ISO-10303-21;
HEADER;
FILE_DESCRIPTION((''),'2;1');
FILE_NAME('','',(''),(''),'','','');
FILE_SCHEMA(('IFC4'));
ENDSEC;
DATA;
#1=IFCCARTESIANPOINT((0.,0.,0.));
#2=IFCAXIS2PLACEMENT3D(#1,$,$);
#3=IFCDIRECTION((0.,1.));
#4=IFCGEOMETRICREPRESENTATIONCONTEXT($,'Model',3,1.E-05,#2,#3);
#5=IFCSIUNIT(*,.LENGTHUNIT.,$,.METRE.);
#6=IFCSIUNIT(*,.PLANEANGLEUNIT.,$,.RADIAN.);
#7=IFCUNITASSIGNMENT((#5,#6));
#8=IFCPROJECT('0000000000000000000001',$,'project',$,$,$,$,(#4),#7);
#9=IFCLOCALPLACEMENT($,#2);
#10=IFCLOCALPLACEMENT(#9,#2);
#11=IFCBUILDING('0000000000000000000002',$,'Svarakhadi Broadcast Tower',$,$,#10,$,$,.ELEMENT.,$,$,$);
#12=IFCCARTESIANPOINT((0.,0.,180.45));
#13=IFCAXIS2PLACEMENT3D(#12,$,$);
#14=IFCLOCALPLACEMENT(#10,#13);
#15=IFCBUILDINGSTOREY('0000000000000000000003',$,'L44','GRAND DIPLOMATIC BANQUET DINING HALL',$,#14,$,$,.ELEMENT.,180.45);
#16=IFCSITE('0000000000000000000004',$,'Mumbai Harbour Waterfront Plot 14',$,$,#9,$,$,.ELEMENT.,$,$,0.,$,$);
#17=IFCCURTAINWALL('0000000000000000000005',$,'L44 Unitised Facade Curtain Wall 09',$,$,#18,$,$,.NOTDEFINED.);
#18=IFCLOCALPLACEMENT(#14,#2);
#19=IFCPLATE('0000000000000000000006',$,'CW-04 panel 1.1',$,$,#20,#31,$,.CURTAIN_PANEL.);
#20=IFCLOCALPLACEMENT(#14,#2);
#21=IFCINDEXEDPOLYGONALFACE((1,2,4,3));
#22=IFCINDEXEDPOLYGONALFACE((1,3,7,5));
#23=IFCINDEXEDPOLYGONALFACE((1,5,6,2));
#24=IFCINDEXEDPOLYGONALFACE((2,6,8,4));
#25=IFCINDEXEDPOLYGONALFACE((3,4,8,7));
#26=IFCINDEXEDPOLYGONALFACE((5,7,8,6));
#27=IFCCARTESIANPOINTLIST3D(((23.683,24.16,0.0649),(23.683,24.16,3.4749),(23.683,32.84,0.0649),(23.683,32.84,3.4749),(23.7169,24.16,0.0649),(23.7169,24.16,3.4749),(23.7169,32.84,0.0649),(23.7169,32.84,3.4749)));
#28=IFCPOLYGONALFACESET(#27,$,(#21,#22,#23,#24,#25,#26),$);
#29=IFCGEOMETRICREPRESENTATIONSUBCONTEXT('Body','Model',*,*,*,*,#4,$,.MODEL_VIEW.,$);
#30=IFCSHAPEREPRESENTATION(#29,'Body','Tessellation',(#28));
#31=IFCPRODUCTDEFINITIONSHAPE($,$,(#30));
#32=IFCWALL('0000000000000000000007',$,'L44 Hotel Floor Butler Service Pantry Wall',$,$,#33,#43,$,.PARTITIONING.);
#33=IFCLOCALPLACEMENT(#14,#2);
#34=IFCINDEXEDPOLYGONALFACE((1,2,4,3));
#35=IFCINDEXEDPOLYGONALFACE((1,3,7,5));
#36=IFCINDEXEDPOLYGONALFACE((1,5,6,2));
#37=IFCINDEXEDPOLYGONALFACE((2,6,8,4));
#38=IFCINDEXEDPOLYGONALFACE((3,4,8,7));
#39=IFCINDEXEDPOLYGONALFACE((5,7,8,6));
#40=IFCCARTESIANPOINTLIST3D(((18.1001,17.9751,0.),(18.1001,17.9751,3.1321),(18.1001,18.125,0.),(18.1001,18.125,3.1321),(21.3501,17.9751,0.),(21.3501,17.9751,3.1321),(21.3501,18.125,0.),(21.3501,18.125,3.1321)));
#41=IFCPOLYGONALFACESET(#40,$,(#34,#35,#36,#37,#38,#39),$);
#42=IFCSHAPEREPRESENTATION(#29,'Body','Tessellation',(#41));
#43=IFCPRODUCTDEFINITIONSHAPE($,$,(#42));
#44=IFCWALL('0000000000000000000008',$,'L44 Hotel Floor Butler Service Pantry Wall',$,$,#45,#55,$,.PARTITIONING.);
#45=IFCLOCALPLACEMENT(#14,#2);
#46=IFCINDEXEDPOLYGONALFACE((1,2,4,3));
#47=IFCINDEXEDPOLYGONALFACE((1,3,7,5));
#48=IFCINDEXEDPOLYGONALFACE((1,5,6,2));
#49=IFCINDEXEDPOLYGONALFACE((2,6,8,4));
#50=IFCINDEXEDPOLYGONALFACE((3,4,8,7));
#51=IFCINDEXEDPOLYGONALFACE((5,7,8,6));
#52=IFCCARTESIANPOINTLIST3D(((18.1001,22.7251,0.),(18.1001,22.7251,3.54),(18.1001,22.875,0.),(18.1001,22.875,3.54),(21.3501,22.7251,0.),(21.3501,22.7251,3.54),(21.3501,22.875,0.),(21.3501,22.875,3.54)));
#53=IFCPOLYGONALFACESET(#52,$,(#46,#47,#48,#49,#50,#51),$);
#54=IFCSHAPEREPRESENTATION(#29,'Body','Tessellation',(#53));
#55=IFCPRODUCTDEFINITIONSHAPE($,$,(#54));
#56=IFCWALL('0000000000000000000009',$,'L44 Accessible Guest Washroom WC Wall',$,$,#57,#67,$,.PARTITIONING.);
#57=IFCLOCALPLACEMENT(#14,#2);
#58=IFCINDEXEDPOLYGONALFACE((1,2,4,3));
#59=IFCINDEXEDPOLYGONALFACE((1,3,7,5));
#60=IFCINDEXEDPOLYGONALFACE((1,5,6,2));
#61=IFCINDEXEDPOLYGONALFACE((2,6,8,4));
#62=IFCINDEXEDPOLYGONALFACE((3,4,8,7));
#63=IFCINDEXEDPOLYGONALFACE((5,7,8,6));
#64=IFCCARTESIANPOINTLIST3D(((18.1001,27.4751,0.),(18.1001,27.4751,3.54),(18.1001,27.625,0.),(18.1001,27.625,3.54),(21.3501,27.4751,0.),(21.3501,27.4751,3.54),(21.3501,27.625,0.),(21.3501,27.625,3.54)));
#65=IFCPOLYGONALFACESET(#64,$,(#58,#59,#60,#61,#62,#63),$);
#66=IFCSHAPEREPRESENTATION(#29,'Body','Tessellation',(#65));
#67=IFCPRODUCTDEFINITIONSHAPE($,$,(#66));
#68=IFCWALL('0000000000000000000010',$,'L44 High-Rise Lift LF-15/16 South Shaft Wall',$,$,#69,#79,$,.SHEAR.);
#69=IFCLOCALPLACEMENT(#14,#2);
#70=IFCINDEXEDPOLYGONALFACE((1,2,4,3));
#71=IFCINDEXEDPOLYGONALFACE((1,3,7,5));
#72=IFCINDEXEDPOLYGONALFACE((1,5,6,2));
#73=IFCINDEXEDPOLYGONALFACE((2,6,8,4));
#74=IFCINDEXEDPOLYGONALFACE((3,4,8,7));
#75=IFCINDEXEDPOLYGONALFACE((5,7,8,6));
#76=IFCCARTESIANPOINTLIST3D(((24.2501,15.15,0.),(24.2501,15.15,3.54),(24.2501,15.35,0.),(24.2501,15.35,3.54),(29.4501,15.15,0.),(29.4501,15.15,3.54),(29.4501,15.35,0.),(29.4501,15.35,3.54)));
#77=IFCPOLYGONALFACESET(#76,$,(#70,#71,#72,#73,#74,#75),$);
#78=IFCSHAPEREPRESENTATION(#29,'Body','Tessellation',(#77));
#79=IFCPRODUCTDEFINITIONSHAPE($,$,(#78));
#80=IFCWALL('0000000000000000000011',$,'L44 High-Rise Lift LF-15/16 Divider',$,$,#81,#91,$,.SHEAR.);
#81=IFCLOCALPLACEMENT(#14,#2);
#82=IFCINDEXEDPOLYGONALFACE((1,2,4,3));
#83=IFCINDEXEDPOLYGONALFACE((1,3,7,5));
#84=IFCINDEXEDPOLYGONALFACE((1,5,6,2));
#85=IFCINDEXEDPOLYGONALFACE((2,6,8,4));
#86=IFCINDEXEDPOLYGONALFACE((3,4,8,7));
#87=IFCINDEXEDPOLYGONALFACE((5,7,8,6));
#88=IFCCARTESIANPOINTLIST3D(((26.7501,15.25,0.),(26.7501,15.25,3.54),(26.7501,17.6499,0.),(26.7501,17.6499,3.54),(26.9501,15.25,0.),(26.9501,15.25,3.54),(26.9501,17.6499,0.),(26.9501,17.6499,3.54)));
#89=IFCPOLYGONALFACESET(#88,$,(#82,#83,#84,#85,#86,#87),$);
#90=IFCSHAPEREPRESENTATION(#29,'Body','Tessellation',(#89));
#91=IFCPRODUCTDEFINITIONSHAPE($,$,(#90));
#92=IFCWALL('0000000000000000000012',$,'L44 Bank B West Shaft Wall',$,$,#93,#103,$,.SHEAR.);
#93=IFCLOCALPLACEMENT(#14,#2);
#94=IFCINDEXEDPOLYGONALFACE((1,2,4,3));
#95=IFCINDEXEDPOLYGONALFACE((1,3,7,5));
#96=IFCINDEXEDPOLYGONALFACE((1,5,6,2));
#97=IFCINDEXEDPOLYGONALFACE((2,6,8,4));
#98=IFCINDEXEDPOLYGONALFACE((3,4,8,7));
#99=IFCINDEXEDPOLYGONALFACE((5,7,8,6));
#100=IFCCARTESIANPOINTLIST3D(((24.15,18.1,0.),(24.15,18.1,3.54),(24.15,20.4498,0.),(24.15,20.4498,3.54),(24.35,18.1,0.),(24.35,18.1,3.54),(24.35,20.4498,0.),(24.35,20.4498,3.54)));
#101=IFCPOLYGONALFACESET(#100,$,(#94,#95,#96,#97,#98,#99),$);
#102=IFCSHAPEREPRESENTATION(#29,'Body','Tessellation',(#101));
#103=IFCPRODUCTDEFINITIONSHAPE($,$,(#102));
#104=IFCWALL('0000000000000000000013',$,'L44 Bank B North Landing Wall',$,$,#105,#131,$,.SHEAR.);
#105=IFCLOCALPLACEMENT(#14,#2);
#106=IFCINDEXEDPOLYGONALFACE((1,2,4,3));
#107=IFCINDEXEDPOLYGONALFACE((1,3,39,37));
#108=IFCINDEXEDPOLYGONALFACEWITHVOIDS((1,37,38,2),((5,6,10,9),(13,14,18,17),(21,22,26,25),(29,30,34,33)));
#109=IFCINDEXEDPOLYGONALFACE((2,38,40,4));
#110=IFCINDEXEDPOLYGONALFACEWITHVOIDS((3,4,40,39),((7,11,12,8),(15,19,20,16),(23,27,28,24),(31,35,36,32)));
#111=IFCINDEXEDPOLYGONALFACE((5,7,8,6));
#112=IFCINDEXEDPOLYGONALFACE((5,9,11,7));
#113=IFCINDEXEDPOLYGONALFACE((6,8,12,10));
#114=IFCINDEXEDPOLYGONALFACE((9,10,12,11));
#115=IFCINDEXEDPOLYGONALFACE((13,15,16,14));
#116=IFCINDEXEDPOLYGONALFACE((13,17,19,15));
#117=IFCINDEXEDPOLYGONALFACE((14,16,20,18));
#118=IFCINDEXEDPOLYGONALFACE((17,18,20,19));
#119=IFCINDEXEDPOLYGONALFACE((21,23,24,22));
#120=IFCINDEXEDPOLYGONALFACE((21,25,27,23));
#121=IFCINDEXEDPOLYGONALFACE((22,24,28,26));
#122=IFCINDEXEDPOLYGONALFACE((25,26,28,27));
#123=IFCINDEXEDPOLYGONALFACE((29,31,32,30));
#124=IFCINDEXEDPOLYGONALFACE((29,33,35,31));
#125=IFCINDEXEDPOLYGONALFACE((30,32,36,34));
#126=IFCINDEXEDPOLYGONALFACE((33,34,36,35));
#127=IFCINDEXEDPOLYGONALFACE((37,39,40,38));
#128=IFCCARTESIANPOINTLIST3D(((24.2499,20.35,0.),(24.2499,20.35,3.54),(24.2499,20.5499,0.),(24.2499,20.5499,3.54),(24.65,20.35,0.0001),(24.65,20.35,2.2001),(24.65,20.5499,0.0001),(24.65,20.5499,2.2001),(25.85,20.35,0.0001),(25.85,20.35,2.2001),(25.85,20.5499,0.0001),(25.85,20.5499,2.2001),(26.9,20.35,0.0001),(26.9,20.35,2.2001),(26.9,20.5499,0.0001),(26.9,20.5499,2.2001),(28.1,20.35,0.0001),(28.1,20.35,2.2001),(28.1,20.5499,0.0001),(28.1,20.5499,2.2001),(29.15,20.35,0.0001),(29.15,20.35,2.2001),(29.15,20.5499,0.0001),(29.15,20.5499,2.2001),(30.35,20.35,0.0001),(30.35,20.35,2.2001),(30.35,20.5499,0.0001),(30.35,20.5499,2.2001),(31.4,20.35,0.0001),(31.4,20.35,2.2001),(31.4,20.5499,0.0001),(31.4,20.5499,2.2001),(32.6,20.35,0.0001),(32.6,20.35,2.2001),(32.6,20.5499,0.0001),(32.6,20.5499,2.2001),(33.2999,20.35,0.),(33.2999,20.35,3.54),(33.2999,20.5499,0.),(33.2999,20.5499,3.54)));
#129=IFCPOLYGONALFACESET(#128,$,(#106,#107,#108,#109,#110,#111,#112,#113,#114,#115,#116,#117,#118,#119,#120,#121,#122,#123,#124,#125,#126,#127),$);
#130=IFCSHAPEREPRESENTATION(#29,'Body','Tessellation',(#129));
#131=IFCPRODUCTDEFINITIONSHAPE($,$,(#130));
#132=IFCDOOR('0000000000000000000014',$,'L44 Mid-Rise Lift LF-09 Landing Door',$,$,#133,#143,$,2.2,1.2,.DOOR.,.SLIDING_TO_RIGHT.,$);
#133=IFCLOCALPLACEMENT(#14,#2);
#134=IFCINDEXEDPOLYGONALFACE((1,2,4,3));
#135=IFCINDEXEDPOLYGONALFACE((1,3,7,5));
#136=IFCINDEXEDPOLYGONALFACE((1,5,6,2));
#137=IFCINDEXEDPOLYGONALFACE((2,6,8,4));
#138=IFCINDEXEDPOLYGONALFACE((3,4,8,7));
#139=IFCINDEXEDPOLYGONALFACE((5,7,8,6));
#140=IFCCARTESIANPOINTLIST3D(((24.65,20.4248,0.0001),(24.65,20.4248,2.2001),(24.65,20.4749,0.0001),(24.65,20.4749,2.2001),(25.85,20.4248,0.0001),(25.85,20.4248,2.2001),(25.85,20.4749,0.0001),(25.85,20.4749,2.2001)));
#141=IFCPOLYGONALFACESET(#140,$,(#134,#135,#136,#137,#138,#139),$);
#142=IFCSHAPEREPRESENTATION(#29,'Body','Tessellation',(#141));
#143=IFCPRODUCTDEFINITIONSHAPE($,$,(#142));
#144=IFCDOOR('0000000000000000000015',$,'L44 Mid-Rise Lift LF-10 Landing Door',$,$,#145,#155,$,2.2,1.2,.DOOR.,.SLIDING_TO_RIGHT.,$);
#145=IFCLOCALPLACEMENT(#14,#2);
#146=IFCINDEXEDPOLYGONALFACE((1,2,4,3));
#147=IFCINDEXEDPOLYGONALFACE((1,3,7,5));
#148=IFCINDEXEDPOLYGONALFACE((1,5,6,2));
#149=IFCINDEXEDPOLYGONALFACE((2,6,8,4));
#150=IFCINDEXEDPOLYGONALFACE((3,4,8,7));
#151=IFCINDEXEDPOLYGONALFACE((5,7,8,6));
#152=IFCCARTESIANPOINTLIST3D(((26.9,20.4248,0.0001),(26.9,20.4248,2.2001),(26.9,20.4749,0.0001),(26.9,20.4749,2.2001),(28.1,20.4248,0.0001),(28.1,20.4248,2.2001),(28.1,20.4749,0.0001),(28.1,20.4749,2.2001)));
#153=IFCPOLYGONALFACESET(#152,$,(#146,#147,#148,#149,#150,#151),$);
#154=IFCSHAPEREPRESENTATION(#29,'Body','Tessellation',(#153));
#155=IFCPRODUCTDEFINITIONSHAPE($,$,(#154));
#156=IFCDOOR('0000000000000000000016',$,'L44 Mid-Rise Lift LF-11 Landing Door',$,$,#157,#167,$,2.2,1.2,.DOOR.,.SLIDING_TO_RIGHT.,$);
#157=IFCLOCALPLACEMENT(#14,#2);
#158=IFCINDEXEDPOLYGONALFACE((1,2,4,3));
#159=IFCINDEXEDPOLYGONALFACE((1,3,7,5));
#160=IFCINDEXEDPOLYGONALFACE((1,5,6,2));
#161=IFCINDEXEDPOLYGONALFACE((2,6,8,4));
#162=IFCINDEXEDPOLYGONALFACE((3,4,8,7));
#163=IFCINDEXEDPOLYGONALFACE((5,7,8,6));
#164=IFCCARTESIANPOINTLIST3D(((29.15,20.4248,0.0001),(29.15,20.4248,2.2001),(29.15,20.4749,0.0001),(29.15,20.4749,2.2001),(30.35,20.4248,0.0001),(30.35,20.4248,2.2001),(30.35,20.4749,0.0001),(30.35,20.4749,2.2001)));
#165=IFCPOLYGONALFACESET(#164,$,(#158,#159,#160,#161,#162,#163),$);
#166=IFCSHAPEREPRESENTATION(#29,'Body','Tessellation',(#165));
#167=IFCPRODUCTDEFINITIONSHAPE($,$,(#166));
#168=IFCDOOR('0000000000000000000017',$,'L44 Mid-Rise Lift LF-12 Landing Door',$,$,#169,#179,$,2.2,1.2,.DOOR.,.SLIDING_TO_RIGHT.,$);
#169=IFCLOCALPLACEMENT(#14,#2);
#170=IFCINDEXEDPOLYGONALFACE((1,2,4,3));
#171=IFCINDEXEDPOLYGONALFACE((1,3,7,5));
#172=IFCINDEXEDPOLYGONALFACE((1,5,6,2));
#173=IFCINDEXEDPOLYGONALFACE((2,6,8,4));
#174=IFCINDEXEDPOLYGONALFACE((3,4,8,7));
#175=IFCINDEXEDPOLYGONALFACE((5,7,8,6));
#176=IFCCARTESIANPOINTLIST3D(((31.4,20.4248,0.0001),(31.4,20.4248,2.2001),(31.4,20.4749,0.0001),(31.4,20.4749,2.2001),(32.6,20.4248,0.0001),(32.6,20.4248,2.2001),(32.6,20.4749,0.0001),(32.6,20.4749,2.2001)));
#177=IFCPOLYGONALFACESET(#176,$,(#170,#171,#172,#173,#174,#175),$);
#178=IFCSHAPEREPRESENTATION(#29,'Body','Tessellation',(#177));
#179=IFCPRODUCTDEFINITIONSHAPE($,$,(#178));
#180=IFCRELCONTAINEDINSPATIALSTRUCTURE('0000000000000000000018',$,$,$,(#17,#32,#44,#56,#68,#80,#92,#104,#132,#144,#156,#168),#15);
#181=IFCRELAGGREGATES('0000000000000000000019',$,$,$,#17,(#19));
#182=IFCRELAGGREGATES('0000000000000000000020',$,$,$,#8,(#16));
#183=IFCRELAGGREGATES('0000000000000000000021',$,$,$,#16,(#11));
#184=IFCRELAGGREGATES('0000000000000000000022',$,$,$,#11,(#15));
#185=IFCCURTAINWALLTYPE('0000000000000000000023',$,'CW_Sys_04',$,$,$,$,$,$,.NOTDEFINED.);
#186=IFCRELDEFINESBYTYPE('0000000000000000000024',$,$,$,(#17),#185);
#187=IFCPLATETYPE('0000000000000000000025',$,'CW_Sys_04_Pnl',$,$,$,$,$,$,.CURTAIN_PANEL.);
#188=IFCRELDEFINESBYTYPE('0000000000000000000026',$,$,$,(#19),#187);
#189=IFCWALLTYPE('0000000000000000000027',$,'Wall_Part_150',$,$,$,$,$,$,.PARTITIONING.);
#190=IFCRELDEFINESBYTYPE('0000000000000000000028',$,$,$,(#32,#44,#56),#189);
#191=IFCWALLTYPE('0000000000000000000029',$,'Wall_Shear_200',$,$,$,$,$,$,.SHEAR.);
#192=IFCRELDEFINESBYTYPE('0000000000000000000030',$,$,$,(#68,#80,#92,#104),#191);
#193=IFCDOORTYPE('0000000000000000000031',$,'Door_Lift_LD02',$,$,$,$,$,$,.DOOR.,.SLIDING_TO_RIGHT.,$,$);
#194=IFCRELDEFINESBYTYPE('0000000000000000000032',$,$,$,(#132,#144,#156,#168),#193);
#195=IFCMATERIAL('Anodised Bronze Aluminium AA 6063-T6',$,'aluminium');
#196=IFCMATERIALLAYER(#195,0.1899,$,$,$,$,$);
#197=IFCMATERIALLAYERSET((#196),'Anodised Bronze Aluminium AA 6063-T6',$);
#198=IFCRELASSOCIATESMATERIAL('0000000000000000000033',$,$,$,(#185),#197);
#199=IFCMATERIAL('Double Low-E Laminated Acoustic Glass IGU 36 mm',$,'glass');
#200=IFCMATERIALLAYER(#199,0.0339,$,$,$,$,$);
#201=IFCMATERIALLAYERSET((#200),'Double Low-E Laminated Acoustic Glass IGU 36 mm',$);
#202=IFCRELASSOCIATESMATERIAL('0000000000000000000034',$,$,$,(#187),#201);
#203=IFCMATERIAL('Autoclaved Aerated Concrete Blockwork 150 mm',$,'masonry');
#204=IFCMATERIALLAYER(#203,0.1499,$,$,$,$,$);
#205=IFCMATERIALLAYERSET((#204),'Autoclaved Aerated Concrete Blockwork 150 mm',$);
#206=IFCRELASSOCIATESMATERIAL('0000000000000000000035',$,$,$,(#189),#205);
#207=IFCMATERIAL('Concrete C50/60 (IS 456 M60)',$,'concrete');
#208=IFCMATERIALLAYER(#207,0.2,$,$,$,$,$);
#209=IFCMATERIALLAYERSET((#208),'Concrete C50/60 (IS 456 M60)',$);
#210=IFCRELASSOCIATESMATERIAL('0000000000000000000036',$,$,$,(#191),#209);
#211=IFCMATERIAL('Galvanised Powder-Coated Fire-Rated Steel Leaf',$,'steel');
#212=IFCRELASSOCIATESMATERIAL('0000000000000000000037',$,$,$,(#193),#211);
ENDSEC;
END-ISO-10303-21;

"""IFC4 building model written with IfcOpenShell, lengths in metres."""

from ifc_helpers import new_model, si_unit, direction, frame, frame_2d, origin, origin_2d, place, context, subcontext, project, spatial, rectangle, extrude, material, layer, layer_set, type_object, element, fill, aggregate, save


model = new_model("IFC4")

# Units and contexts
model_context = context("Model", 3, precision=1e-05, world=origin(), true_north=direction((0.0, 1.0)))
body_context = subcontext(model_context, "Body", "Model", "MODEL_VIEW")
ifc_project = project(units=[si_unit("LENGTHUNIT", "METRE"), si_unit("PLANEANGLEUNIT", "RADIAN")], contexts=[model_context])

# Site, building, storey
site_placement = place(None, origin())
site = spatial("IfcSite", under=ifc_project, at=site_placement, Name="Mumbai Harbour Waterfront Plot 14", CompositionType="ELEMENT", RefElevation=0.0)
building_placement = place(site_placement, origin())
building = spatial("IfcBuilding", under=site, at=building_placement, Name="Svarakhadi Broadcast Tower", CompositionType="ELEMENT")
storey_placement = place(building_placement, frame((0.0, 0.0, 180.45)))
storey = spatial("IfcBuildingStorey", under=building, at=storey_placement, Name="L44", Description="GRAND DIPLOMATIC BANQUET DINING HALL", CompositionType="ELEMENT", Elevation=180.45)

# Shared definitions
ifc_material_1 = material(Name="Concrete C50/60 (IS 456 M60)", Category="concrete")

# Curtain wall
ifc_material_2 = material(Name="Anodised Bronze Aluminium AA 6063-T6", Category="aluminium")
ifc_layer_1 = layer(ifc_material_2, 0.1899)
ifc_layer_set_1 = layer_set([ifc_layer_1], Name="Anodised Bronze Aluminium AA 6063-T6")
curtain_wall_type = type_object("IfcCurtainWallType", Name="CW_Sys_04", PredefinedType="NOTDEFINED", material=ifc_layer_set_1)
curtain_wall_1_placement = place(storey_placement, origin())
curtain_wall_1 = element("IfcCurtainWall", 1, at=curtain_wall_1_placement, inside=storey, type_object=curtain_wall_type, Name="L44 Unitised Facade Curtain Wall 09", PredefinedType="NOTDEFINED")

# Plate
ifc_material_3 = material(Name="Double Low-E Laminated Acoustic Glass IGU 36 mm", Category="glass")
ifc_layer_2 = layer(ifc_material_3, 0.0339)
ifc_layer_set_2 = layer_set([ifc_layer_2], Name="Double Low-E Laminated Acoustic Glass IGU 36 mm")
plate_type = type_object("IfcPlateType", Name="CW_Sys_04_Pnl", PredefinedType="CURTAIN_PANEL", material=ifc_layer_set_2)
plate_placement = place(storey_placement, frame((23.7, 28.5, 0.0649), z_axis=(0.0, 0.0, 1.0), x_axis=(0.0, -1.0, 0.0)))
plate = element("IfcPlate", 2, at=plate_placement, type_object=plate_type, Name="CW-04 panel 1.1", PredefinedType="CURTAIN_PANEL", context=body_context, shape_type="SweptSolid", body=[
    extrude(rectangle(XDim=8.6799, YDim=0.0339, at=origin_2d()), origin(), (0.0, 0.0, 1.0), 3.4099),
])
aggregate(curtain_wall_1, [plate])

# Walls
ifc_material_4 = material(Name="Autoclaved Aerated Concrete Blockwork 150 mm", Category="masonry")
ifc_layer_3 = layer(ifc_material_4, 0.1499)
ifc_layer_set_3 = layer_set([ifc_layer_3], Name="Autoclaved Aerated Concrete Blockwork 150 mm")
wall_type_1 = type_object("IfcWallType", Name="Wall_Part_150", PredefinedType="PARTITIONING", material=ifc_layer_set_3)
wall_1_placement = place(storey_placement, frame((18.1001, 18.05, 0.0), z_axis=(0.0, 0.0, 1.0), x_axis=(1.0, 0.0, 0.0)))
element("IfcWall", 3, at=wall_1_placement, inside=storey, type_object=wall_type_1, Name="L44 Hotel Floor Butler Service Pantry Wall", PredefinedType="PARTITIONING", context=body_context, shape_type="SweptSolid", body=[
    extrude(rectangle(XDim=3.25, YDim=0.1499, at=frame_2d((1.625, 0.0))), origin(), (0.0, 0.0, 1.0), 3.1321),
])
for number, where, z_axis, x_axis, name in (
    (4, (18.1001, 22.8, 0.0), (0.0, 0.0, 1.0), (1.0, 0.0, 0.0), "L44 Hotel Floor Butler Service Pantry Wall"),
    (5, (18.1001, 27.55, 0.0), (0.0, 0.0, 1.0), (1.0, 0.0, 0.0), "L44 Accessible Guest Washroom WC Wall"),
):
    element("IfcWall", number, at=place(storey_placement, frame(where, z_axis=z_axis, x_axis=x_axis)), inside=storey, type_object=wall_type_1, Name=name, PredefinedType="PARTITIONING", context=body_context, shape_type="SweptSolid", body=[
        extrude(rectangle(XDim=3.25, YDim=0.1499, at=frame_2d((1.625, 0.0))), origin(), (0.0, 0.0, 1.0), 3.54),
    ])

# Shared definitions
ifc_layer_4 = layer(ifc_material_1, 0.2)
ifc_layer_set_4 = layer_set([ifc_layer_4], Name="Concrete C50/60 (IS 456 M60)")
wall_type_2 = type_object("IfcWallType", Name="Wall_Shear_200", PredefinedType="SHEAR", material=ifc_layer_set_4)
ifc_material_5 = material(Name="Galvanised Powder-Coated Fire-Rated Steel Leaf", Category="steel")

# Walls
wall_2_placement = place(storey_placement, frame((24.25, 15.25, 0.0), z_axis=(0.0, 0.0, 1.0), x_axis=(1.0, 0.0, 0.0)))
element("IfcWall", 6, at=wall_2_placement, inside=storey, type_object=wall_type_2, Name="L44 High-Rise Lift LF-15/16 South Shaft Wall", PredefinedType="SHEAR", context=body_context, shape_type="SweptSolid", body=[
    extrude(rectangle(XDim=5.2, YDim=0.2, at=frame_2d((2.6001, 0.0))), origin(), (0.0, 0.0, 1.0), 3.54),
])
wall_3_placement = place(storey_placement, frame((26.8501, 15.25, 0.0), z_axis=(0.0, 0.0, 1.0), x_axis=(0.0, 1.0, 0.0)))
element("IfcWall", 7, at=wall_3_placement, inside=storey, type_object=wall_type_2, Name="L44 High-Rise Lift LF-15/16 Divider", PredefinedType="SHEAR", context=body_context, shape_type="SweptSolid", body=[
    extrude(rectangle(XDim=2.3999, YDim=0.2, at=frame_2d((1.2, 0.0))), origin(), (0.0, 0.0, 1.0), 3.54),
])
wall_4_placement = place(storey_placement, frame((24.25, 18.1001, 0.0), z_axis=(0.0, 0.0, 1.0), x_axis=(0.0, 1.0, 0.0)))
element("IfcWall", 8, at=wall_4_placement, inside=storey, type_object=wall_type_2, Name="L44 Bank B West Shaft Wall", PredefinedType="SHEAR", context=body_context, shape_type="SweptSolid", body=[
    extrude(rectangle(XDim=2.3499, YDim=0.2, at=frame_2d((1.1748, 0.0))), origin(), (0.0, 0.0, 1.0), 3.54),
])

# Wall, openings, doors
wall_5_placement = place(storey_placement, frame((24.25, 20.45, 0.0), z_axis=(0.0, 0.0, 1.0), x_axis=(1.0, 0.0, 0.0)))
wall_5 = element("IfcWall", 9, at=wall_5_placement, inside=storey, type_object=wall_type_2, Name="L44 Bank B North Landing Wall", PredefinedType="SHEAR", context=body_context, shape_type="SweptSolid", body=[
    extrude(rectangle(XDim=9.05, YDim=0.2, at=frame_2d((4.5249, 0.0))), origin(), (0.0, 0.0, 1.0), 3.54),
])
opening_1_placement = place(wall_5_placement, frame((0.3999, 0.0, 0.0)))
opening_1 = element("IfcOpeningElement", 10, at=opening_1_placement, cuts=wall_5, PredefinedType="OPENING", context=body_context, shape_type="SweptSolid", body=[
    extrude(rectangle(XDim=1.2, YDim=2.2, at=frame_2d((0.6001, 1.1001))), frame((0.0, 0.1099, 0.0), z_axis=(0.0, -1.0, 0.0), x_axis=(1.0, 0.0, 0.0)), (0.0, 0.0, 1.0), 0.22),
])
opening_2_placement = place(wall_5_placement, frame((2.6499, 0.0, 0.0)))
opening_2 = element("IfcOpeningElement", 11, at=opening_2_placement, cuts=wall_5, PredefinedType="OPENING", context=body_context, shape_type="SweptSolid", body=[
    extrude(rectangle(XDim=1.2, YDim=2.2, at=frame_2d((0.6001, 1.1001))), frame((0.0, 0.1099, 0.0), z_axis=(0.0, -1.0, 0.0), x_axis=(1.0, 0.0, 0.0)), (0.0, 0.0, 1.0), 0.22),
])
opening_3_placement = place(wall_5_placement, frame((4.8999, 0.0, 0.0)))
opening_3 = element("IfcOpeningElement", 12, at=opening_3_placement, cuts=wall_5, PredefinedType="OPENING", context=body_context, shape_type="SweptSolid", body=[
    extrude(rectangle(XDim=1.2, YDim=2.2, at=frame_2d((0.6001, 1.1001))), frame((0.0, 0.1099, 0.0), z_axis=(0.0, -1.0, 0.0), x_axis=(1.0, 0.0, 0.0)), (0.0, 0.0, 1.0), 0.22),
])
opening_4_placement = place(wall_5_placement, frame((7.1499, 0.0, 0.0)))
opening_4 = element("IfcOpeningElement", 13, at=opening_4_placement, cuts=wall_5, PredefinedType="OPENING", context=body_context, shape_type="SweptSolid", body=[
    extrude(rectangle(XDim=1.2, YDim=2.2, at=frame_2d((0.6001, 1.1001))), frame((0.0, 0.1099, 0.0), z_axis=(0.0, -1.0, 0.0), x_axis=(1.0, 0.0, 0.0)), (0.0, 0.0, 1.0), 0.22),
])
door_type_1 = type_object("IfcDoorType", Name="Door_Lift_LD02", OperationType="SLIDING_TO_RIGHT", PredefinedType="DOOR", material=ifc_material_5)
door_1_placement = place(opening_1_placement, origin())
door_1 = element("IfcDoor", 14, at=door_1_placement, inside=storey, type_object=door_type_1, Name="L44 Mid-Rise Lift LF-09 Landing Door", OperationType="SLIDING_TO_RIGHT", OverallHeight=2.2, OverallWidth=1.2, PredefinedType="DOOR", context=body_context, shape_type="SweptSolid", body=[
    extrude(rectangle(XDim=1.2, YDim=2.2, at=frame_2d((0.6001, 1.1001))), frame((0.0, 0.0249, 0.0), z_axis=(0.0, -1.0, 0.0), x_axis=(1.0, 0.0, 0.0)), (0.0, 0.0, 1.0), 0.05),
])
fill(opening_1, door_1)
door_2_placement = place(opening_2_placement, origin())
door_2 = element("IfcDoor", 15, at=door_2_placement, inside=storey, type_object=door_type_1, Name="L44 Mid-Rise Lift LF-10 Landing Door", OperationType="SLIDING_TO_RIGHT", OverallHeight=2.2, OverallWidth=1.2, PredefinedType="DOOR", context=body_context, shape_type="SweptSolid", body=[
    extrude(rectangle(XDim=1.2, YDim=2.2, at=frame_2d((0.6001, 1.1001))), frame((0.0, 0.0249, 0.0), z_axis=(0.0, -1.0, 0.0), x_axis=(1.0, 0.0, 0.0)), (0.0, 0.0, 1.0), 0.05),
])
fill(opening_2, door_2)
door_3_placement = place(opening_3_placement, origin())
door_3 = element("IfcDoor", 16, at=door_3_placement, inside=storey, type_object=door_type_1, Name="L44 Mid-Rise Lift LF-11 Landing Door", OperationType="SLIDING_TO_RIGHT", OverallHeight=2.2, OverallWidth=1.2, PredefinedType="DOOR", context=body_context, shape_type="SweptSolid", body=[
    extrude(rectangle(XDim=1.2, YDim=2.2, at=frame_2d((0.6001, 1.1001))), frame((0.0, 0.0249, 0.0), z_axis=(0.0, -1.0, 0.0), x_axis=(1.0, 0.0, 0.0)), (0.0, 0.0, 1.0), 0.05),
])
fill(opening_3, door_3)
door_4_placement = place(opening_4_placement, origin())
door_4 = element("IfcDoor", 17, at=door_4_placement, inside=storey, type_object=door_type_1, Name="L44 Mid-Rise Lift LF-12 Landing Door", OperationType="SLIDING_TO_RIGHT", OverallHeight=2.2, OverallWidth=1.2, PredefinedType="DOOR", context=body_context, shape_type="SweptSolid", body=[
    extrude(rectangle(XDim=1.2, YDim=2.2, at=frame_2d((0.6001, 1.1001))), frame((0.0, 0.0249, 0.0), z_axis=(0.0, -1.0, 0.0), x_axis=(1.0, 0.0, 0.0)), (0.0, 0.0, 1.0), 0.05),
])
fill(opening_4, door_4)

save(model, "model.ifc")
